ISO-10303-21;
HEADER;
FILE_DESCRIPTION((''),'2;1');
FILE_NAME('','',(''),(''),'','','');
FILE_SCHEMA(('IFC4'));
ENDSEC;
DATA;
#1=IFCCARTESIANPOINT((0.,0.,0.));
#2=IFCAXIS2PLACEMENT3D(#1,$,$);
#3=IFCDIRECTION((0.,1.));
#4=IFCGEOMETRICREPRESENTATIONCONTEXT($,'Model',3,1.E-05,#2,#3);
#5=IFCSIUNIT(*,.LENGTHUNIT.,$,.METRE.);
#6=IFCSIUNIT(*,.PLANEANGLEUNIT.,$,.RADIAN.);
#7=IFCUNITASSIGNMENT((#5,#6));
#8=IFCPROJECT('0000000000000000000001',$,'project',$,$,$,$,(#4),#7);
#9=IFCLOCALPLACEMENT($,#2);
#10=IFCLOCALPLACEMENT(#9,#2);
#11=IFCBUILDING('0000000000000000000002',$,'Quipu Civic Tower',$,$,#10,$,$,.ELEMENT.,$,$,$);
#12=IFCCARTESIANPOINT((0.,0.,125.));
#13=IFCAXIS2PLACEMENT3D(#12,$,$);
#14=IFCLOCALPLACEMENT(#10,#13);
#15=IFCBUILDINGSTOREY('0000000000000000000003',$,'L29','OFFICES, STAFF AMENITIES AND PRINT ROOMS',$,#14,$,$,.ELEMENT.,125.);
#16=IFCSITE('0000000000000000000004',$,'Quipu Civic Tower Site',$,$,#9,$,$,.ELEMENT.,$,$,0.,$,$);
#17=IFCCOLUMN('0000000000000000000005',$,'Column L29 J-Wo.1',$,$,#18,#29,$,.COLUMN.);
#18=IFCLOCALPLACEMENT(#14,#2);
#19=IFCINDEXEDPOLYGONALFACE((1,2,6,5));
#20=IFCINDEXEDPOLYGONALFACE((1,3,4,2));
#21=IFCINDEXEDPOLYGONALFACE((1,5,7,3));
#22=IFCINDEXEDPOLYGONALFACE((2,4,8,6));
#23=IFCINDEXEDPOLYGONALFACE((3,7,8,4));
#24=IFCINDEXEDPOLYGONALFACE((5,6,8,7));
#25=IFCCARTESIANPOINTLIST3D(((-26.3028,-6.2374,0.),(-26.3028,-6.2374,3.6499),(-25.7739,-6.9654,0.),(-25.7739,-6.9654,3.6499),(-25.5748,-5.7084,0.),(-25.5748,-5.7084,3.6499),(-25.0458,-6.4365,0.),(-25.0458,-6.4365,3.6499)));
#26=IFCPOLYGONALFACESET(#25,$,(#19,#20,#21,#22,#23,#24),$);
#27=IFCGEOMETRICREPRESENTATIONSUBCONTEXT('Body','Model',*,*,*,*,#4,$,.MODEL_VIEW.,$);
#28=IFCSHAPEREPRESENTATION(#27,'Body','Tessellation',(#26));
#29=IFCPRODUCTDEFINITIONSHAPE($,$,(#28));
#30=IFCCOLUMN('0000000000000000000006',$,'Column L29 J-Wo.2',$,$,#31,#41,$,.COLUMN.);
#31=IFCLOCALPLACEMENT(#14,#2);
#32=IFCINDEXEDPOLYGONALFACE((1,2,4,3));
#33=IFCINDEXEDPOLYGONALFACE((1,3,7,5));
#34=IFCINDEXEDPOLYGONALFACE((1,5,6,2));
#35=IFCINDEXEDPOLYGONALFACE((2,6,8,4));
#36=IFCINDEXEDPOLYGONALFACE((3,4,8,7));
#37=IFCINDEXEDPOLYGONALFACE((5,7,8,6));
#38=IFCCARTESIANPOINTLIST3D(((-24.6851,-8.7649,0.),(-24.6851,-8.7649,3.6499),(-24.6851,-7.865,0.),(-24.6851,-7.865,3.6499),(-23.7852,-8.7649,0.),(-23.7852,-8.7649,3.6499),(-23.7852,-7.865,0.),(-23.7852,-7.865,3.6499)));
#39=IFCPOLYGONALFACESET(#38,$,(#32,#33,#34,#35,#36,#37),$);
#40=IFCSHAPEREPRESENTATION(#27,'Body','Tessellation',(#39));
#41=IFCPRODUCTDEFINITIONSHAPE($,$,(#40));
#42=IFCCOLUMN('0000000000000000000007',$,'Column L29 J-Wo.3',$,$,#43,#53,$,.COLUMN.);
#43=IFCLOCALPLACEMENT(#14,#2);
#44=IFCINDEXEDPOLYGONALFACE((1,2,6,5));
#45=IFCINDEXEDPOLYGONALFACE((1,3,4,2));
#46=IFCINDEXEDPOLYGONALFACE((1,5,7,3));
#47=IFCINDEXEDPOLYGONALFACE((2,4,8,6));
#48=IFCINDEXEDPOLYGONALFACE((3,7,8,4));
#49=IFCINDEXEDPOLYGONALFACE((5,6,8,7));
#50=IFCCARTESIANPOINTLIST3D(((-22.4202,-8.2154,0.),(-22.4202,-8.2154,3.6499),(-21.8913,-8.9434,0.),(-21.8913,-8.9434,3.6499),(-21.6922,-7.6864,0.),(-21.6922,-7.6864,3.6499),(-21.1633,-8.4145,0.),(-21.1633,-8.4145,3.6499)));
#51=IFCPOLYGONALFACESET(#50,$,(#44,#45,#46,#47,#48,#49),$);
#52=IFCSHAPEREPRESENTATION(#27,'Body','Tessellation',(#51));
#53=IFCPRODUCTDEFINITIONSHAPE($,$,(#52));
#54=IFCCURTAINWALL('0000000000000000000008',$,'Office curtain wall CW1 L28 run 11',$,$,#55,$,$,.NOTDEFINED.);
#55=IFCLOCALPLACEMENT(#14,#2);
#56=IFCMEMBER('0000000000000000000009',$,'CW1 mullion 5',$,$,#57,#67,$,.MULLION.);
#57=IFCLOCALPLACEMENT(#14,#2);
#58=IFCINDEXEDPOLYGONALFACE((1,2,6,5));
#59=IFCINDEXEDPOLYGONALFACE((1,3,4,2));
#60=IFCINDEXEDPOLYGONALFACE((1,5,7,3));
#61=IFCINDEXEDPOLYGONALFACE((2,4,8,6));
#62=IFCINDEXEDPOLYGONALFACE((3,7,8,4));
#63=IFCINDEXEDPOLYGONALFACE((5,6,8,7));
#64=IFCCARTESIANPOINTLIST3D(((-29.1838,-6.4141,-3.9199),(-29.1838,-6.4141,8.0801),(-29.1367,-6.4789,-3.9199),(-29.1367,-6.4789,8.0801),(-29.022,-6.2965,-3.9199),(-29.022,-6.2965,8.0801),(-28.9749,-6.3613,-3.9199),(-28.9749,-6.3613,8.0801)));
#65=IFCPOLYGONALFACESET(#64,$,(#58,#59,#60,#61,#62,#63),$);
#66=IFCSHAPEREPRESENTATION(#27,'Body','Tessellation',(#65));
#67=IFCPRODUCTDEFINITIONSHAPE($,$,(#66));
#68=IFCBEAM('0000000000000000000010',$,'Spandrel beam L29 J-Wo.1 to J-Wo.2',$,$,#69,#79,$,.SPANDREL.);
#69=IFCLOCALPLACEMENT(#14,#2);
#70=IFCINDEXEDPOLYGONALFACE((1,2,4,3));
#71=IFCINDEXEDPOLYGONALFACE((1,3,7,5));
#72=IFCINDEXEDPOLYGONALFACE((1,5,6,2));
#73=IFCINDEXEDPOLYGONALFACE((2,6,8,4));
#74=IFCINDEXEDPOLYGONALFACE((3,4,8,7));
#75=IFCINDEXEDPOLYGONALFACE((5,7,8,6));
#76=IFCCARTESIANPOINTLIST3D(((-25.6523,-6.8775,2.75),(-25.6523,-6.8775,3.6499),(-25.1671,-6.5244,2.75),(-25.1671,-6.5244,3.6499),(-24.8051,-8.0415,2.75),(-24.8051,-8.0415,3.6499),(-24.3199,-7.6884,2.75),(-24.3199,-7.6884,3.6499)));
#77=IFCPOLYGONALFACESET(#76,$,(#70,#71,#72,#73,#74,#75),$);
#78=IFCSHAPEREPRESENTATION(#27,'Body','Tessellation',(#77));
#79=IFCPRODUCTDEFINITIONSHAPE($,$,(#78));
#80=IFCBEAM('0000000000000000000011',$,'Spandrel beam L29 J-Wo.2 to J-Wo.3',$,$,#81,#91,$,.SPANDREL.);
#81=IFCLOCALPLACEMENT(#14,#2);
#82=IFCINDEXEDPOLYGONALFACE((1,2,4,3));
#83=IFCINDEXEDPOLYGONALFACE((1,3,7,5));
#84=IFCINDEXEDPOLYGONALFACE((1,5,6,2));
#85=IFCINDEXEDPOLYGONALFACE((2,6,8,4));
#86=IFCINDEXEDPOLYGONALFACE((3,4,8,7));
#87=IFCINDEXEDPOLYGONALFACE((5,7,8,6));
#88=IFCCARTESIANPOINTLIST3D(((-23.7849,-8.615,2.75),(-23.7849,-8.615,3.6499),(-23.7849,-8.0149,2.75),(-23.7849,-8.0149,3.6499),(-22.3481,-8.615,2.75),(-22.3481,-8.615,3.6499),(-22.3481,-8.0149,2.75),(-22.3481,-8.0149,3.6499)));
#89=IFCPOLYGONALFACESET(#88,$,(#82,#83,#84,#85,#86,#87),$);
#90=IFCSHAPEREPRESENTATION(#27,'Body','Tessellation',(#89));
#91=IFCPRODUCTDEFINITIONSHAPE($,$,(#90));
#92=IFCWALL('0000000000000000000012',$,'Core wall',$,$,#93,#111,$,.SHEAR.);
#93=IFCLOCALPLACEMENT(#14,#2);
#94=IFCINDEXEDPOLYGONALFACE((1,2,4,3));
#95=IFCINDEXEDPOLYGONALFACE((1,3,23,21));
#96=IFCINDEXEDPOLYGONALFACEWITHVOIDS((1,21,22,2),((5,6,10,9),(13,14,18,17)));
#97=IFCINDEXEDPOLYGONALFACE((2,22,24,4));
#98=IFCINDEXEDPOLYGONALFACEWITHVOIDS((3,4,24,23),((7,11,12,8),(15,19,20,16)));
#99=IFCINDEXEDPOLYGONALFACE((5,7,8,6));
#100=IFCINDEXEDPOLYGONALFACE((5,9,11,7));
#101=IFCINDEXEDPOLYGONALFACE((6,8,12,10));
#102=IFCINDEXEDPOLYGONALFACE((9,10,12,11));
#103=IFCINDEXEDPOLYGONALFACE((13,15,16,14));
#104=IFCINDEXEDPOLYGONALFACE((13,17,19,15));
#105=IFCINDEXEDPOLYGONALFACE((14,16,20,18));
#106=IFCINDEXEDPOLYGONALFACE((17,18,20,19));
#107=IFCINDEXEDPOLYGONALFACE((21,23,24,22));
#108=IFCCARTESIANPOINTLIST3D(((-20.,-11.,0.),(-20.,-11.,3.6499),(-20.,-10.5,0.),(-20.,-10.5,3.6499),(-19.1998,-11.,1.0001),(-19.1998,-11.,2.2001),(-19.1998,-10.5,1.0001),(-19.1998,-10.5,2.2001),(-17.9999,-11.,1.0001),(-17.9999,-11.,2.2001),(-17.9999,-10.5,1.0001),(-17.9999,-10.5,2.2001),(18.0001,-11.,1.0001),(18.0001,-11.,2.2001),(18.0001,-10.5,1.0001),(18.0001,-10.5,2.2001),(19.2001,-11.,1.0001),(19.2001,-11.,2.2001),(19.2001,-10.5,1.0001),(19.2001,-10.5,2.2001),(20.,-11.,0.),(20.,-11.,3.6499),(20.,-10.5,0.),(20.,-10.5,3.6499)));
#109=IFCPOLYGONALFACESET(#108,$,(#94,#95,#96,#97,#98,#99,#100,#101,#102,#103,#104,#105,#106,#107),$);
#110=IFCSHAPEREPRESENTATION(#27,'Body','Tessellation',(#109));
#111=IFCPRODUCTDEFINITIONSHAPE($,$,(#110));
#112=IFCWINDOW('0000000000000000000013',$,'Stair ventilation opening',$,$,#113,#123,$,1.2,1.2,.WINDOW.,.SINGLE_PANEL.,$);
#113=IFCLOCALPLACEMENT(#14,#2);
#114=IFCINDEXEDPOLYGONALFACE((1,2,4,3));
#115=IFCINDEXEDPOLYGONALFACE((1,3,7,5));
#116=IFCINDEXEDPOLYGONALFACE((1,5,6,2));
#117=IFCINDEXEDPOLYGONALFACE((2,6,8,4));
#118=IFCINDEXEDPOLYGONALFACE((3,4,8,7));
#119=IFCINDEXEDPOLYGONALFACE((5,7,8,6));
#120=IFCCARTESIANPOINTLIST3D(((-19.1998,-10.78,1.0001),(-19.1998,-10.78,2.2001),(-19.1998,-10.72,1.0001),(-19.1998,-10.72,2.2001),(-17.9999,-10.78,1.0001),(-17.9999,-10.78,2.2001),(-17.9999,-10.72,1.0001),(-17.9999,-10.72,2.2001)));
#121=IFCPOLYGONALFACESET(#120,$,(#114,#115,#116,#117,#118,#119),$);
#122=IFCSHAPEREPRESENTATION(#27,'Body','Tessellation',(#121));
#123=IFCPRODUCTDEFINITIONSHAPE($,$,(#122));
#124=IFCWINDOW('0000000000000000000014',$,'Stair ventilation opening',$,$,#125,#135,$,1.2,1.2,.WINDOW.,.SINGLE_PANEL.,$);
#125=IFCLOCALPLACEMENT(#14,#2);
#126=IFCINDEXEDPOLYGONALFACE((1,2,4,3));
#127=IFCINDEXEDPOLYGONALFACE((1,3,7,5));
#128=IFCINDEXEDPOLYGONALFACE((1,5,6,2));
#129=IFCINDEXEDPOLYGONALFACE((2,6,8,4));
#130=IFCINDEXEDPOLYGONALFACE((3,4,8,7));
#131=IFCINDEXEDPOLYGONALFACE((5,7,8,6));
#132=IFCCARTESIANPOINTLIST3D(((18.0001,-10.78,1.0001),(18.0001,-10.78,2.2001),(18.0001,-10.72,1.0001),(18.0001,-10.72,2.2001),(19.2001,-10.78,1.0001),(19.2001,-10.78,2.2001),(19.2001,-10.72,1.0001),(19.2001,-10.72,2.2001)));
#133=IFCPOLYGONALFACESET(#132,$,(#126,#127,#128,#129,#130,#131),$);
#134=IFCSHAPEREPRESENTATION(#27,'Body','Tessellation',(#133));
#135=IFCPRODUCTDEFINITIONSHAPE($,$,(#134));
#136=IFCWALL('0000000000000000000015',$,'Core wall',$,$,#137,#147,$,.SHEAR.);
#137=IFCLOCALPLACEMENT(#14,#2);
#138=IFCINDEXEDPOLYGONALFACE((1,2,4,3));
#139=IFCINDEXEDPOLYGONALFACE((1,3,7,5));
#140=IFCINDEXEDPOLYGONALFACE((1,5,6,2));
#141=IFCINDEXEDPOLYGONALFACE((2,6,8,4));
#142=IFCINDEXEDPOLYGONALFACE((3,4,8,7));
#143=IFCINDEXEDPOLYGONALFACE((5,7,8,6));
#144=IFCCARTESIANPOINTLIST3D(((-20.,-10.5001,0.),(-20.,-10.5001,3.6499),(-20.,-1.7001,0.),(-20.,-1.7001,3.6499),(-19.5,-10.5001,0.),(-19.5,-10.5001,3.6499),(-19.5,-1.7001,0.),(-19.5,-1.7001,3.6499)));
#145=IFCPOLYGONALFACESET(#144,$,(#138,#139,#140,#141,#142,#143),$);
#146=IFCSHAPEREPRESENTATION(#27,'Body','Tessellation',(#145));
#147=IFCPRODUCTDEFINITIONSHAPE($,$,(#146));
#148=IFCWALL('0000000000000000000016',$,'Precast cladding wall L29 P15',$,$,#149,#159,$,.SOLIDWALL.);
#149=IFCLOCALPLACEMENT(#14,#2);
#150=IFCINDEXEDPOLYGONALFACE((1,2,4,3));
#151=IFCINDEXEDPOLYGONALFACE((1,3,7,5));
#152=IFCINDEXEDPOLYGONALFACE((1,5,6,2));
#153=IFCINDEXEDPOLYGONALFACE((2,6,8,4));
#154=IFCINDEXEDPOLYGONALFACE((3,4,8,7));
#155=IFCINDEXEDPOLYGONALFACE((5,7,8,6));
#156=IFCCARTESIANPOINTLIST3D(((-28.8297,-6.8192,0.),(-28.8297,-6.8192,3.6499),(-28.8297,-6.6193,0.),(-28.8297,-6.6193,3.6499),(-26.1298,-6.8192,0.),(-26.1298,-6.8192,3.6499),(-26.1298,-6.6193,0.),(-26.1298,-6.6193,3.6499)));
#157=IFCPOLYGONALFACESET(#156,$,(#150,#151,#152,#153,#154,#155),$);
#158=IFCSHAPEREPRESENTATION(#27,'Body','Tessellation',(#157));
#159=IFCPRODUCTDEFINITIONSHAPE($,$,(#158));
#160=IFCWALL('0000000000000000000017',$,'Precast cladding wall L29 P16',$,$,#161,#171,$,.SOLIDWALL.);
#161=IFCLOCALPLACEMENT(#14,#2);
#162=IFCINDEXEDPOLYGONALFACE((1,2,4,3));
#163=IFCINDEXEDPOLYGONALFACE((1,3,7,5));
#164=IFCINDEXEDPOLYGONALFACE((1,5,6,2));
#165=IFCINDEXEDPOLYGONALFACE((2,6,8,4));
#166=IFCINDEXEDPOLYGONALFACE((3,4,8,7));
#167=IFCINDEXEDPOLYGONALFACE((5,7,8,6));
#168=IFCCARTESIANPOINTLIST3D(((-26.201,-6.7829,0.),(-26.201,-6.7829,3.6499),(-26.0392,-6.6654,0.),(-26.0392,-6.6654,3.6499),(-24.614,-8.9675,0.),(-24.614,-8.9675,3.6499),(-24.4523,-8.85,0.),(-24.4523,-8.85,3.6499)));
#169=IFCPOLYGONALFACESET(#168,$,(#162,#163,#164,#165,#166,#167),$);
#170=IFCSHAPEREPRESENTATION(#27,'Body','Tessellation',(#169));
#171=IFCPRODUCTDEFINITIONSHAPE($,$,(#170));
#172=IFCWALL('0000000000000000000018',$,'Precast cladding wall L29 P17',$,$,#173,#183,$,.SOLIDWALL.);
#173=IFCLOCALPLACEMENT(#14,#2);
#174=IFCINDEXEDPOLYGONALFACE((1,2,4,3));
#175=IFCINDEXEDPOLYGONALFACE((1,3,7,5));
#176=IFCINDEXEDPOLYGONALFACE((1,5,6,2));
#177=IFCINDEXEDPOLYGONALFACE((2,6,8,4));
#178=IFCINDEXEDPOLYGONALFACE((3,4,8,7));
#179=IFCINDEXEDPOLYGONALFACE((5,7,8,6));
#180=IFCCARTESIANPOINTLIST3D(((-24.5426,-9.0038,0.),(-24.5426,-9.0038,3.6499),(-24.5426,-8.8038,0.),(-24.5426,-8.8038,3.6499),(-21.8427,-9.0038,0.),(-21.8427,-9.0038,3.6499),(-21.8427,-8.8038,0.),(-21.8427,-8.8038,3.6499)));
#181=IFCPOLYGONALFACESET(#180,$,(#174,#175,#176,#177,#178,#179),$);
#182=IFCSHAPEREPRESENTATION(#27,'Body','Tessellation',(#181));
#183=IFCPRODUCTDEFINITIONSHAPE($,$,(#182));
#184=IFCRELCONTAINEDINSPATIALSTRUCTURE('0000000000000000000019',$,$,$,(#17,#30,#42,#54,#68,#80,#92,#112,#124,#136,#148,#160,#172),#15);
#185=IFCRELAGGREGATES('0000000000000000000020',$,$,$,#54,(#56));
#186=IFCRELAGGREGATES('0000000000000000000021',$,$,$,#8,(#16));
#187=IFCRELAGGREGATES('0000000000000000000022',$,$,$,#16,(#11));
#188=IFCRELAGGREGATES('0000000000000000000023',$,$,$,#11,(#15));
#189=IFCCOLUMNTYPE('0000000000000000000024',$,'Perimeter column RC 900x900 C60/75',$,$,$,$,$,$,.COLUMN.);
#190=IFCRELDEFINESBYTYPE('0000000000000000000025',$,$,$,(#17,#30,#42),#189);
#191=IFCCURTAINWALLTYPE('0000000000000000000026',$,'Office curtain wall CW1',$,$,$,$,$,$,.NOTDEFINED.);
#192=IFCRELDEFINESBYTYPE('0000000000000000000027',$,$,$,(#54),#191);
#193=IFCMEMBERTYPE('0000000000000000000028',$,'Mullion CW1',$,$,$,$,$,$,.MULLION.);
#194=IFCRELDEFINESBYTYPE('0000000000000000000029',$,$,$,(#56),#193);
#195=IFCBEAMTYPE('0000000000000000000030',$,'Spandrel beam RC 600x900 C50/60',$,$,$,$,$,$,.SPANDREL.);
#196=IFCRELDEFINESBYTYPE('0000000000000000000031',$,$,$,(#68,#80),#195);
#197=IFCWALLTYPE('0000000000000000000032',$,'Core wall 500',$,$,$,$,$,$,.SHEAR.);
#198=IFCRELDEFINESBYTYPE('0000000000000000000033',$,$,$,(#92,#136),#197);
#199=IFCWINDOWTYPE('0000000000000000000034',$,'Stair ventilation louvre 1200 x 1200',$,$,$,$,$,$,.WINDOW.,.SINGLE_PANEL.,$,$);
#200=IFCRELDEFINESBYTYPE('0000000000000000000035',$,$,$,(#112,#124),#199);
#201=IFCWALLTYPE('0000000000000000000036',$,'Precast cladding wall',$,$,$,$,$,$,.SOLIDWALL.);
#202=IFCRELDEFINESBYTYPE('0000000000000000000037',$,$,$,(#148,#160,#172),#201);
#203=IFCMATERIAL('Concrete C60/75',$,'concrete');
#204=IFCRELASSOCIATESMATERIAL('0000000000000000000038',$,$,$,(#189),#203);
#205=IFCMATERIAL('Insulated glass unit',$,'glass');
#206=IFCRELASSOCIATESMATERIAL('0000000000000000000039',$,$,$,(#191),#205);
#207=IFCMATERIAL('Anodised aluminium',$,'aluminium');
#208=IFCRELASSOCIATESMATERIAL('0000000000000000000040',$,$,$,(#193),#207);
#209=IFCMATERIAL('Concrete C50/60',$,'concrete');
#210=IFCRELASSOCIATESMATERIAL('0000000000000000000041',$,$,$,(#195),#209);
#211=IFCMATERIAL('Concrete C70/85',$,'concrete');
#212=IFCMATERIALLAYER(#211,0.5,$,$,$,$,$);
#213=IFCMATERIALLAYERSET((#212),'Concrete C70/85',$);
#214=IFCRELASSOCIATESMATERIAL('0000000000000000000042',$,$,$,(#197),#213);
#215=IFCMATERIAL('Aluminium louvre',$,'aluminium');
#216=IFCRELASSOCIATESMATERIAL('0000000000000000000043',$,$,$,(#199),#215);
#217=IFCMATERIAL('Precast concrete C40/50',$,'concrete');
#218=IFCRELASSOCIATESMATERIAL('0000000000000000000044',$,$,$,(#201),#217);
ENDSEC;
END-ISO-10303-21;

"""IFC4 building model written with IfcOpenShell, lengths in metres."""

from ifc_helpers import new_model, si_unit, direction, frame, frame_2d, origin, origin_2d, place, context, subcontext, project, spatial, rectangle, extrude, material, layer, layer_set, material_profile, profile_set, type_object, element, fill, aggregate, save


model = new_model("IFC4")

# Units and contexts
model_context = context("Model", 3, precision=1e-05, world=origin(), true_north=direction((0.0, 1.0)))
body_context = subcontext(model_context, "Body", "Model", "MODEL_VIEW")
ifc_project = project(units=[si_unit("LENGTHUNIT", "METRE"), si_unit("PLANEANGLEUNIT", "RADIAN")], contexts=[model_context])

# Site, building, storey
site_placement = place(None, origin())
site = spatial("IfcSite", under=ifc_project, at=site_placement, Name="Quipu Civic Tower Site", CompositionType="ELEMENT", RefElevation=0.0)
building_placement = place(site_placement, origin())
building = spatial("IfcBuilding", under=site, at=building_placement, Name="Quipu Civic Tower", CompositionType="ELEMENT")
storey_placement = place(building_placement, frame((0.0, 0.0, 125.0)))
storey = spatial("IfcBuildingStorey", under=building, at=storey_placement, Name="L29", Description="OFFICES, STAFF AMENITIES AND PRINT ROOMS", CompositionType="ELEMENT", Elevation=125.0)

# Columns
ifc_material_1 = material(Name="Concrete C60/75", Category="concrete")
ifc_material_profile_1 = material_profile(ifc_material_1, rectangle(XDim=0.8999, YDim=0.8999, at=origin_2d()), Name="RC900x900")
ifc_profile_set_1 = profile_set([ifc_material_profile_1], Name="Concrete C60/75")
column_type = type_object("IfcColumnType", Name="Perimeter column RC 900x900 C60/75", PredefinedType="COLUMN", material=ifc_profile_set_1)
for number, where, z_axis, x_axis, name in (
    (1, (-25.6743, -6.3369, 0.0), (0.0, 0.0, 1.0), (0.587785, -0.809017, 0.0), "Column L29 J-Wo.1"),
    (2, (-24.2351, -8.3149, 0.0), (0.0, 0.0, 1.0), (1.0, 0.0, 0.0), "Column L29 J-Wo.2"),
    (3, (-21.7917, -8.3149, 0.0), (0.0, 0.0, 1.0), (0.587785, -0.809017, 0.0), "Column L29 J-Wo.3"),
):
    element("IfcColumn", number, at=place(storey_placement, frame(where, z_axis=z_axis, x_axis=x_axis)), inside=storey, type_object=column_type, Name=name, PredefinedType="COLUMN", context=body_context, shape_type="SweptSolid", body=[
        extrude(rectangle(XDim=0.8999, YDim=0.8999, at=origin_2d()), origin(), (0.0, 0.0, 1.0), 3.6499),
    ])

# Curtain wall, member
ifc_material_2 = material(Name="Insulated glass unit", Category="glass")
curtain_wall_type = type_object("IfcCurtainWallType", Name="Office curtain wall CW1", PredefinedType="NOTDEFINED", material=ifc_material_2)
curtain_wall_placement = place(storey_placement, origin())
curtain_wall = element("IfcCurtainWall", 4, at=curtain_wall_placement, inside=storey, type_object=curtain_wall_type, Name="Office curtain wall CW1 L28 run 11", PredefinedType="NOTDEFINED")
ifc_material_3 = material(Name="Anodised aluminium", Category="aluminium")
ifc_material_profile_2 = material_profile(ifc_material_3, rectangle(XDim=0.2, YDim=0.0801, at=origin_2d()), Name="RECT 200x80")
ifc_profile_set_2 = profile_set([ifc_material_profile_2], Name="Anodised aluminium")
member_type = type_object("IfcMemberType", Name="Mullion CW1", PredefinedType="MULLION", material=ifc_profile_set_2)
member_placement = place(storey_placement, frame((-29.0793, -6.3877, -3.9199), z_axis=(0.0, 0.0, 1.0), x_axis=(0.809017, 0.587786, 0.0)))
member = element("IfcMember", 5, at=member_placement, type_object=member_type, Name="CW1 mullion 5", PredefinedType="MULLION", context=body_context, shape_type="SweptSolid", body=[
    extrude(rectangle(XDim=0.2, YDim=0.0801, at=origin_2d()), origin(), (0.0, 0.0, 1.0), 12.0),
])
aggregate(curtain_wall, [member])

# Beams
ifc_material_4 = material(Name="Concrete C50/60", Category="concrete")
ifc_material_profile_3 = material_profile(ifc_material_4, rectangle(XDim=0.6001, YDim=0.8999, at=origin_2d()), Name="RC600x900")
ifc_profile_set_3 = profile_set([ifc_material_profile_3], Name="Concrete C50/60")
beam_type = type_object("IfcBeamType", Name="Spandrel beam RC 600x900 C50/60", PredefinedType="SPANDREL", material=ifc_profile_set_3)
beam_1_placement = place(storey_placement, frame((-25.4097, -6.7009, 3.2), z_axis=(0.588434, -0.808545, 0.0), x_axis=(0.808545, 0.588434, 0.0)))
element("IfcBeam", 6, at=beam_1_placement, inside=storey, type_object=beam_type, Name="Spandrel beam L29 J-Wo.1 to J-Wo.2", PredefinedType="SPANDREL", context=body_context, shape_type="SweptSolid", body=[
    extrude(rectangle(XDim=0.6001, YDim=0.8999, at=origin_2d()), origin(), (0.0, 0.0, 1.0), 1.4397),
])
beam_2_placement = place(storey_placement, frame((-23.7849, -8.3149, 3.2), z_axis=(1.0, 0.0, 0.0), x_axis=(0.0, 1.0, 0.0)))
element("IfcBeam", 7, at=beam_2_placement, inside=storey, type_object=beam_type, Name="Spandrel beam L29 J-Wo.2 to J-Wo.3", PredefinedType="SPANDREL", context=body_context, shape_type="SweptSolid", body=[
    extrude(rectangle(XDim=0.6001, YDim=0.8999, at=origin_2d()), origin(), (0.0, 0.0, 1.0), 1.4368),
])

# Wall, openings, windows
ifc_material_5 = material(Name="Concrete C70/85", Category="concrete")
ifc_layer = layer(ifc_material_5, 0.5)
ifc_layer_set = layer_set([ifc_layer], Name="Concrete C70/85")
wall_type_1 = type_object("IfcWallType", Name="Core wall 500", PredefinedType="SHEAR", material=ifc_layer_set)
wall_1_placement = place(storey_placement, frame((-20.0, -10.75, 0.0), z_axis=(0.0, 0.0, 1.0), x_axis=(1.0, 0.0, 0.0)))
wall_1 = element("IfcWall", 8, at=wall_1_placement, inside=storey, type_object=wall_type_1, Name="Core wall", PredefinedType="SHEAR", context=body_context, shape_type="SweptSolid", body=[
    extrude(rectangle(XDim=40.0, YDim=0.5, at=frame_2d((20.0, 0.0))), origin(), (0.0, 0.0, 1.0), 3.6499),
])
opening_1_placement = place(wall_1_placement, frame((0.8, 0.0, 1.0)))
opening_1 = element("IfcOpeningElement", 9, at=opening_1_placement, cuts=wall_1, PredefinedType="OPENING", context=body_context, shape_type="SweptSolid", body=[
    extrude(rectangle(XDim=1.2, YDim=1.2, at=frame_2d((0.6001, 0.6001))), frame((0.0, 0.26, 0.0), z_axis=(0.0, -1.0, 0.0), x_axis=(1.0, 0.0, 0.0)), (0.0, 0.0, 1.0), 0.52),
])
opening_2_placement = place(wall_1_placement, frame((38.0, 0.0, 1.0)))
opening_2 = element("IfcOpeningElement", 10, at=opening_2_placement, cuts=wall_1, PredefinedType="OPENING", context=body_context, shape_type="SweptSolid", body=[
    extrude(rectangle(XDim=1.2, YDim=1.2, at=frame_2d((0.6001, 0.6001))), frame((0.0, 0.26, 0.0), z_axis=(0.0, -1.0, 0.0), x_axis=(1.0, 0.0, 0.0)), (0.0, 0.0, 1.0), 0.52),
])
ifc_material_6 = material(Name="Aluminium louvre", Category="aluminium")
window_type = type_object("IfcWindowType", Name="Stair ventilation louvre 1200 x 1200", PartitioningType="SINGLE_PANEL", PredefinedType="WINDOW", material=ifc_material_6)
window_1_placement = place(opening_1_placement, origin())
window_1 = element("IfcWindow", 11, at=window_1_placement, inside=storey, type_object=window_type, Name="Stair ventilation opening", OverallHeight=1.2, OverallWidth=1.2, PartitioningType="SINGLE_PANEL", PredefinedType="WINDOW", context=body_context, shape_type="SweptSolid", body=[
    extrude(rectangle(XDim=1.2, YDim=1.2, at=frame_2d((0.6001, 0.6001))), frame((0.0, 0.03, 0.0), z_axis=(0.0, -1.0, 0.0), x_axis=(1.0, 0.0, 0.0)), (0.0, 0.0, 1.0), 0.0601),
])
fill(opening_1, window_1)
window_2_placement = place(opening_2_placement, origin())
window_2 = element("IfcWindow", 12, at=window_2_placement, inside=storey, type_object=window_type, Name="Stair ventilation opening", OverallHeight=1.2, OverallWidth=1.2, PartitioningType="SINGLE_PANEL", PredefinedType="WINDOW", context=body_context, shape_type="SweptSolid", body=[
    extrude(rectangle(XDim=1.2, YDim=1.2, at=frame_2d((0.6001, 0.6001))), frame((0.0, 0.03, 0.0), z_axis=(0.0, -1.0, 0.0), x_axis=(1.0, 0.0, 0.0)), (0.0, 0.0, 1.0), 0.0601),
])
fill(opening_2, window_2)

# Walls
wall_2_placement = place(storey_placement, frame((-19.75, -10.5, 0.0), z_axis=(0.0, 0.0, 1.0), x_axis=(0.0, 1.0, 0.0)))
element("IfcWall", 13, at=wall_2_placement, inside=storey, type_object=wall_type_1, Name="Core wall", PredefinedType="SHEAR", context=body_context, shape_type="SweptSolid", body=[
    extrude(rectangle(XDim=8.8, YDim=0.5, at=frame_2d((4.3999, 0.0))), origin(), (0.0, 0.0, 1.0), 3.6499),
])
ifc_material_7 = material(Name="Precast concrete C40/50", Category="concrete")
wall_type_2 = type_object("IfcWallType", Name="Precast cladding wall", PredefinedType="SOLIDWALL", material=ifc_material_7)
wall_3_placement = place(storey_placement, frame((-28.8298, -6.7192, 0.0), z_axis=(0.0, 0.0, 1.0), x_axis=(1.0, 0.0, 0.0)))
element("IfcWall", 14, at=wall_3_placement, inside=storey, type_object=wall_type_2, Name="Precast cladding wall L29 P15", PredefinedType="SOLIDWALL", context=body_context, shape_type="SweptSolid", body=[
    extrude(rectangle(XDim=2.7, YDim=0.2, at=frame_2d((1.3501, 0.0))), origin(), (0.0, 0.0, 1.0), 3.6499),
])
wall_4_placement = place(storey_placement, frame((-26.1201, -6.7241, 0.0), z_axis=(0.0, 0.0, 1.0), x_axis=(0.58772, -0.809064, 0.0)))
element("IfcWall", 15, at=wall_4_placement, inside=storey, type_object=wall_type_2, Name="Precast cladding wall L29 P16", PredefinedType="SOLIDWALL", context=body_context, shape_type="SweptSolid", body=[
    extrude(rectangle(XDim=2.7002, YDim=0.2, at=frame_2d((1.3501, 0.0))), origin(), (0.0, 0.0, 1.0), 3.6499),
])
wall_5_placement = place(storey_placement, frame((-24.5427, -8.9038, 0.0), z_axis=(0.0, 0.0, 1.0), x_axis=(1.0, 0.0, 0.0)))
element("IfcWall", 16, at=wall_5_placement, inside=storey, type_object=wall_type_2, Name="Precast cladding wall L29 P17", PredefinedType="SOLIDWALL", context=body_context, shape_type="SweptSolid", body=[
    extrude(rectangle(XDim=2.7, YDim=0.2, at=frame_2d((1.3501, 0.0))), origin(), (0.0, 0.0, 1.0), 3.6499),
])

save(model, "model.ifc")
